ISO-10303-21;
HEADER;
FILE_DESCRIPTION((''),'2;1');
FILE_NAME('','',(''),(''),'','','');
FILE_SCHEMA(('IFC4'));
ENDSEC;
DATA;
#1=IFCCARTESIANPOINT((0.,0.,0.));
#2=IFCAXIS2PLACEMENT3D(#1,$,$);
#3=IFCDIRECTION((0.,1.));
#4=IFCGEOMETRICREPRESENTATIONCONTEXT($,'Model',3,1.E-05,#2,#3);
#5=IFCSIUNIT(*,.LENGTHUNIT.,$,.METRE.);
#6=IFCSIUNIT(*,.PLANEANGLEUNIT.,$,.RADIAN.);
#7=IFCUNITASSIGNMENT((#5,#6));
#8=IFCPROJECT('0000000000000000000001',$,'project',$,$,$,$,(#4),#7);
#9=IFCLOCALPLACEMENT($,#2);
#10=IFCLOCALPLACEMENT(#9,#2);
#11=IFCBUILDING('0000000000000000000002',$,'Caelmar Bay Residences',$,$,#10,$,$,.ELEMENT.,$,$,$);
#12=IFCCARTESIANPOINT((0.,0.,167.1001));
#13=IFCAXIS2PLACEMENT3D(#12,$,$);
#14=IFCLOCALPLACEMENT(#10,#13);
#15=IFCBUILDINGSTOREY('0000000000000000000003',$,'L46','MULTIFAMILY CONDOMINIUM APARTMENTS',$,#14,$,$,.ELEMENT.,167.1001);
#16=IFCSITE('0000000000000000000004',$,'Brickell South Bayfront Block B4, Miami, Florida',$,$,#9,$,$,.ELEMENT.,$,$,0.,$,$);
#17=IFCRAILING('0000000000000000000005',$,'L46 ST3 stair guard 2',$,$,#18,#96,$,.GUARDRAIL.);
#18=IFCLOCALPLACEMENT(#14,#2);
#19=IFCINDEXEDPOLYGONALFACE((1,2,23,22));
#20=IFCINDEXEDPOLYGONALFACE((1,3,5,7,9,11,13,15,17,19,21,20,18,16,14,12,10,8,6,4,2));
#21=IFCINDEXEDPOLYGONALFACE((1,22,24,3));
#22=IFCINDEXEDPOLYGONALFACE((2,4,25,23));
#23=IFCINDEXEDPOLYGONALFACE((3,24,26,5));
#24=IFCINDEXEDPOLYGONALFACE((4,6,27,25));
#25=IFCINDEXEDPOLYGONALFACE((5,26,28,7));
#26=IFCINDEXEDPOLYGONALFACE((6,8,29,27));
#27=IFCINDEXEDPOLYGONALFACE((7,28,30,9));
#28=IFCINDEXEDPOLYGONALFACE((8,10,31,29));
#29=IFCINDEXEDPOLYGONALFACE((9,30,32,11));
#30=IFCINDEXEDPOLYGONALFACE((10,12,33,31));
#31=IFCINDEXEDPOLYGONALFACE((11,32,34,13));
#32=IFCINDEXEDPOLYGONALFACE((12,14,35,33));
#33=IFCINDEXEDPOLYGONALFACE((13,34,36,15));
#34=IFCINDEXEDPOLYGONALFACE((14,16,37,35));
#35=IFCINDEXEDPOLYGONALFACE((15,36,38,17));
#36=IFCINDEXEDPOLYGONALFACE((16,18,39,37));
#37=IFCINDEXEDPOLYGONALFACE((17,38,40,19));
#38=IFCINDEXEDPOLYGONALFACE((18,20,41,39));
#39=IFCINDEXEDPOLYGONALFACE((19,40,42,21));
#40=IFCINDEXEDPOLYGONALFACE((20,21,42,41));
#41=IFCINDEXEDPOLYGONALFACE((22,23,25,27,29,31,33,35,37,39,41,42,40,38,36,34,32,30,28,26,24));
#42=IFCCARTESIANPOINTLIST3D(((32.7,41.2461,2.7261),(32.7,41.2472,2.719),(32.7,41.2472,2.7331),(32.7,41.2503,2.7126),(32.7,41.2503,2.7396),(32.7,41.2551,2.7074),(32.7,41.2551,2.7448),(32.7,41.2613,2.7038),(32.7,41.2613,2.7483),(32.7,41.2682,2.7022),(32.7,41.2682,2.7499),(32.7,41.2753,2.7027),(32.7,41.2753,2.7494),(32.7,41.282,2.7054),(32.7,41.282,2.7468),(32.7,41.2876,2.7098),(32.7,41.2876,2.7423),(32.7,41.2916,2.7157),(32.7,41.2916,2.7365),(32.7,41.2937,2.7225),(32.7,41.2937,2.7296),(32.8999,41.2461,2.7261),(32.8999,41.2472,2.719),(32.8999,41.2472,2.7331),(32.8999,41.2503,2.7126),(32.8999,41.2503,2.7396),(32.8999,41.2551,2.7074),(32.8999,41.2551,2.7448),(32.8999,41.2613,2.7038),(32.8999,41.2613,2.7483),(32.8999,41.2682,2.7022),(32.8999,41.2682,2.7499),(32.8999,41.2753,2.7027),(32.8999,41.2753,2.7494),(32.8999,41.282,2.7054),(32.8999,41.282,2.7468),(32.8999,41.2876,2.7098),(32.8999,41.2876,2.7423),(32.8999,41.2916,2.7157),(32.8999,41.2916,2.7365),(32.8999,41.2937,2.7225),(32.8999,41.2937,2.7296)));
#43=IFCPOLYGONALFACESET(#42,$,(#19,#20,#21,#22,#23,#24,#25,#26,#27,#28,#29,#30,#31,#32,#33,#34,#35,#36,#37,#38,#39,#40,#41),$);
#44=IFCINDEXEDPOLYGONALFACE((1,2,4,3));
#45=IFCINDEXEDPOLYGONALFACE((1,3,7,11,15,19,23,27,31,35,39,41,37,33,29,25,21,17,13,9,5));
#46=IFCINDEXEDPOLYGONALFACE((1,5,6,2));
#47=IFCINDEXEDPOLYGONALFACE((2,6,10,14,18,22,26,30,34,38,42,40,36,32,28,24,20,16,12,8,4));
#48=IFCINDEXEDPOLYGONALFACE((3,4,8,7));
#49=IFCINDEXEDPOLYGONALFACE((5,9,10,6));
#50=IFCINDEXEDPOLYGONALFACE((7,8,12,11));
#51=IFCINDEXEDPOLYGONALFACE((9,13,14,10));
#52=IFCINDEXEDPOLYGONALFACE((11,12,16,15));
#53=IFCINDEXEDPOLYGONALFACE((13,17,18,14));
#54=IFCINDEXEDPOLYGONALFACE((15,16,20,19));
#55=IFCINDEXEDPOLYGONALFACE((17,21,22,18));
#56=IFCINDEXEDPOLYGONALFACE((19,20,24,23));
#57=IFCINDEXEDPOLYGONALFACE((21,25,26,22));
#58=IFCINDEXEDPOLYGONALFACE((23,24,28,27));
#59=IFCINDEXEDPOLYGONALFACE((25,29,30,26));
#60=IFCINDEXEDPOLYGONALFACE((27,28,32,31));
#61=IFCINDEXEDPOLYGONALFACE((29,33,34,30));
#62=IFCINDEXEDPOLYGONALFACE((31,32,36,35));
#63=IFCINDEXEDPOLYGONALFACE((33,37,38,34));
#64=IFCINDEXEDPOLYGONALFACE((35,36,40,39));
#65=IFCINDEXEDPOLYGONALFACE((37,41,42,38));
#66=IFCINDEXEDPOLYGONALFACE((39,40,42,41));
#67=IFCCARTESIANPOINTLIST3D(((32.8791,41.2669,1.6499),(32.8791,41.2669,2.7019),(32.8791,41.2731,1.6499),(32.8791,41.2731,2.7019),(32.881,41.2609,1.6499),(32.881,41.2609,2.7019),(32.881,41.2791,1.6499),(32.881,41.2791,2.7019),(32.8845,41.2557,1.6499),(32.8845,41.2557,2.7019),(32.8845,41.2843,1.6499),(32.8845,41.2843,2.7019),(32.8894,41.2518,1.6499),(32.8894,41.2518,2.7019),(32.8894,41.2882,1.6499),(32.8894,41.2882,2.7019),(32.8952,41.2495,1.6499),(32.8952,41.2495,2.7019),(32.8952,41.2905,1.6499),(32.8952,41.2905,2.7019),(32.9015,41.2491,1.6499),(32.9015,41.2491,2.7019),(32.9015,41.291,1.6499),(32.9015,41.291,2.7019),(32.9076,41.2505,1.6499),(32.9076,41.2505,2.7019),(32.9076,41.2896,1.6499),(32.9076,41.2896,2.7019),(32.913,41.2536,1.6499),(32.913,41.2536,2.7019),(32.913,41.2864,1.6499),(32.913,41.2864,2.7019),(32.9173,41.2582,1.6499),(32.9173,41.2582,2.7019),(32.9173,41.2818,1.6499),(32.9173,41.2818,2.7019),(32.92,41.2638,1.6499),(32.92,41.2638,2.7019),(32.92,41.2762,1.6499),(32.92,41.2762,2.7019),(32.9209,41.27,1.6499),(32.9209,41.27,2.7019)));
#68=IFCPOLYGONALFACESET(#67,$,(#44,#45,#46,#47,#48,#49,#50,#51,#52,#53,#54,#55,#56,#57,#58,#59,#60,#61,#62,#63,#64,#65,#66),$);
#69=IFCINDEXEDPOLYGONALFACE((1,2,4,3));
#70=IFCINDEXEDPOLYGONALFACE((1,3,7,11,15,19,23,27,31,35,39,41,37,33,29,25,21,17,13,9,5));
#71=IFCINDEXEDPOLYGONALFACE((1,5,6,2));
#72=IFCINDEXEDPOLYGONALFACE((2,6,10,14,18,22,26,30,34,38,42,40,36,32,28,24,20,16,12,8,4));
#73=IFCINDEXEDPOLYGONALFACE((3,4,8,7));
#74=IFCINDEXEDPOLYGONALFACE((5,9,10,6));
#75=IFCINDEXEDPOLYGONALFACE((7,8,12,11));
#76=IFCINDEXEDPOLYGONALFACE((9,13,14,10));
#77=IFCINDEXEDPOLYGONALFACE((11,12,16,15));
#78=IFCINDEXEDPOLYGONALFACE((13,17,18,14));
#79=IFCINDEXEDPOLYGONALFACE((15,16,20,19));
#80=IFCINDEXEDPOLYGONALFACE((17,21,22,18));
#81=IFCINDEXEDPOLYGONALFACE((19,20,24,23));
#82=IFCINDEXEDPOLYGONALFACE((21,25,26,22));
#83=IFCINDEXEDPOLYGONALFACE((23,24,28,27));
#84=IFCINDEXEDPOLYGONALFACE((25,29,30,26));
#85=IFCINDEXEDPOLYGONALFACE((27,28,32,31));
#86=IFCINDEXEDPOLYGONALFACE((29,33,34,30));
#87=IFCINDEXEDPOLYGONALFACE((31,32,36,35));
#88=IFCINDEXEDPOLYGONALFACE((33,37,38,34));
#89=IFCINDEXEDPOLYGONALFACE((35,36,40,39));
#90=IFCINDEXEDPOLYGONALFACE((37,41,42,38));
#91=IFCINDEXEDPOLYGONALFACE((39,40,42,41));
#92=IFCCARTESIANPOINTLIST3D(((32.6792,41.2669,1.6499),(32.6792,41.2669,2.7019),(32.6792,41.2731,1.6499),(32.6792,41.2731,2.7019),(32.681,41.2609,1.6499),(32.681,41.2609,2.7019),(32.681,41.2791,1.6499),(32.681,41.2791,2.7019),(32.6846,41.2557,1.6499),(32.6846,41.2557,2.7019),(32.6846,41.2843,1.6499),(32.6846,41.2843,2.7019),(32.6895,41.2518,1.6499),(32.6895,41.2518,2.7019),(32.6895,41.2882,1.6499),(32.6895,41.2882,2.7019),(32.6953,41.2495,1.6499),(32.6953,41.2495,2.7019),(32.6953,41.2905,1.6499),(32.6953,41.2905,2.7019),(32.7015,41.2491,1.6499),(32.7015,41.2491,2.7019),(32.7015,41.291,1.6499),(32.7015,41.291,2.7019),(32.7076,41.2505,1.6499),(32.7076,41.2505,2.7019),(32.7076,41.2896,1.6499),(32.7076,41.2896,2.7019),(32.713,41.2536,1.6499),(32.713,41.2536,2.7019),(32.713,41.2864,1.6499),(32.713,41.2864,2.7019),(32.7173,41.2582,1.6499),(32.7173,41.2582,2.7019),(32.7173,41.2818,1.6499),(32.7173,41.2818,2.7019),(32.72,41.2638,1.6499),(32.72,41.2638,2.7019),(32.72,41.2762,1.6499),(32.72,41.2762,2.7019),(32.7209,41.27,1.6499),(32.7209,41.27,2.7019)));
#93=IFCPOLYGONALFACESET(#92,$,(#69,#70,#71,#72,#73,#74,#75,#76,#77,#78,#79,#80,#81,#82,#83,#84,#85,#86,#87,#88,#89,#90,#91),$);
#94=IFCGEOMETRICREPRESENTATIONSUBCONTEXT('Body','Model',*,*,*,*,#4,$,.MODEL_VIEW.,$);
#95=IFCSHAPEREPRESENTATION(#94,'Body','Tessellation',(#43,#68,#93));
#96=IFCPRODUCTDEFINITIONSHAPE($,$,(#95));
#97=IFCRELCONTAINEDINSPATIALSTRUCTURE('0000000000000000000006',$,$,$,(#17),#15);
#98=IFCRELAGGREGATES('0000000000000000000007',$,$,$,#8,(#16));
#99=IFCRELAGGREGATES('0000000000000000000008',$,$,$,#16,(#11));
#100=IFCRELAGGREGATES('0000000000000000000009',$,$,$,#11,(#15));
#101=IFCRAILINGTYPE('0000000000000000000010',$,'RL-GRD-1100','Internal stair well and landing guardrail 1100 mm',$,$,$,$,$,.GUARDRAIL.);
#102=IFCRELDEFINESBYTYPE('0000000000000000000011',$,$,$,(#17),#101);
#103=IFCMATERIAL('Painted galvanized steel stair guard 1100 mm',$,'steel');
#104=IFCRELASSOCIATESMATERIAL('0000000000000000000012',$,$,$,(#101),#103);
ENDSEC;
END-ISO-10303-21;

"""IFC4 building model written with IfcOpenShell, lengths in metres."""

from ifc_helpers import new_model, si_unit, direction, frame, origin, origin_2d, place, context, subcontext, project, spatial, circle, extrude, material, type_object, element, save


model = new_model("IFC4")

# Units and contexts
model_context = context("Model", 3, precision=1e-05, world=origin(), true_north=direction((0.0, 1.0)))
body_context = subcontext(model_context, "Body", "Model", "MODEL_VIEW")
ifc_project = project(units=[si_unit("LENGTHUNIT", "METRE"), si_unit("PLANEANGLEUNIT", "RADIAN")], contexts=[model_context])

# Site, building, storey
site_placement = place(None, origin())
site = spatial("IfcSite", under=ifc_project, at=site_placement, Name="Brickell South Bayfront Block B4, Miami, Florida", CompositionType="ELEMENT", RefElevation=0.0)
building_placement = place(site_placement, origin())
building = spatial("IfcBuilding", under=site, at=building_placement, Name="Caelmar Bay Residences", CompositionType="ELEMENT")
storey_placement = place(building_placement, frame((0.0, 0.0, 167.1001)))
storey = spatial("IfcBuildingStorey", under=building, at=storey_placement, Name="L46", Description="MULTIFAMILY CONDOMINIUM APARTMENTS", CompositionType="ELEMENT", Elevation=167.1001)

# Railing
ifc_material_1 = material(Name="Painted galvanized steel stair guard 1100 mm", Category="steel")
railing_type_1 = type_object("IfcRailingType", Name="RL-GRD-1100", Description="Internal stair well and landing guardrail 1100 mm", PredefinedType="GUARDRAIL", material=ifc_material_1)
railing_1_placement = place(storey_placement, frame((32.8999, 41.27, 1.6499)))
element("IfcRailing", 1, at=railing_1_placement, inside=storey, type_object=railing_type_1, Name="L46 ST3 stair guard 2", PredefinedType="GUARDRAIL", context=body_context, shape_type="SweptSolid", body=[
    extrude(circle(Radius=0.0239, at=origin_2d()), frame((0.0, 0.0, 1.0762), z_axis=(-1.0, 0.0, 0.0), x_axis=(0.0, -1.0, 0.0)), (0.0, 0.0, 1.0), 0.2),
    extrude(circle(Radius=0.021, at=origin_2d()), origin(), (0.0, 0.0, 1.0), 1.052),
    extrude(circle(Radius=0.021, at=origin_2d()), frame((-0.2, 0.0, 0.0)), (0.0, 0.0, 1.0), 1.052),
])

save(model, "model.ifc")
